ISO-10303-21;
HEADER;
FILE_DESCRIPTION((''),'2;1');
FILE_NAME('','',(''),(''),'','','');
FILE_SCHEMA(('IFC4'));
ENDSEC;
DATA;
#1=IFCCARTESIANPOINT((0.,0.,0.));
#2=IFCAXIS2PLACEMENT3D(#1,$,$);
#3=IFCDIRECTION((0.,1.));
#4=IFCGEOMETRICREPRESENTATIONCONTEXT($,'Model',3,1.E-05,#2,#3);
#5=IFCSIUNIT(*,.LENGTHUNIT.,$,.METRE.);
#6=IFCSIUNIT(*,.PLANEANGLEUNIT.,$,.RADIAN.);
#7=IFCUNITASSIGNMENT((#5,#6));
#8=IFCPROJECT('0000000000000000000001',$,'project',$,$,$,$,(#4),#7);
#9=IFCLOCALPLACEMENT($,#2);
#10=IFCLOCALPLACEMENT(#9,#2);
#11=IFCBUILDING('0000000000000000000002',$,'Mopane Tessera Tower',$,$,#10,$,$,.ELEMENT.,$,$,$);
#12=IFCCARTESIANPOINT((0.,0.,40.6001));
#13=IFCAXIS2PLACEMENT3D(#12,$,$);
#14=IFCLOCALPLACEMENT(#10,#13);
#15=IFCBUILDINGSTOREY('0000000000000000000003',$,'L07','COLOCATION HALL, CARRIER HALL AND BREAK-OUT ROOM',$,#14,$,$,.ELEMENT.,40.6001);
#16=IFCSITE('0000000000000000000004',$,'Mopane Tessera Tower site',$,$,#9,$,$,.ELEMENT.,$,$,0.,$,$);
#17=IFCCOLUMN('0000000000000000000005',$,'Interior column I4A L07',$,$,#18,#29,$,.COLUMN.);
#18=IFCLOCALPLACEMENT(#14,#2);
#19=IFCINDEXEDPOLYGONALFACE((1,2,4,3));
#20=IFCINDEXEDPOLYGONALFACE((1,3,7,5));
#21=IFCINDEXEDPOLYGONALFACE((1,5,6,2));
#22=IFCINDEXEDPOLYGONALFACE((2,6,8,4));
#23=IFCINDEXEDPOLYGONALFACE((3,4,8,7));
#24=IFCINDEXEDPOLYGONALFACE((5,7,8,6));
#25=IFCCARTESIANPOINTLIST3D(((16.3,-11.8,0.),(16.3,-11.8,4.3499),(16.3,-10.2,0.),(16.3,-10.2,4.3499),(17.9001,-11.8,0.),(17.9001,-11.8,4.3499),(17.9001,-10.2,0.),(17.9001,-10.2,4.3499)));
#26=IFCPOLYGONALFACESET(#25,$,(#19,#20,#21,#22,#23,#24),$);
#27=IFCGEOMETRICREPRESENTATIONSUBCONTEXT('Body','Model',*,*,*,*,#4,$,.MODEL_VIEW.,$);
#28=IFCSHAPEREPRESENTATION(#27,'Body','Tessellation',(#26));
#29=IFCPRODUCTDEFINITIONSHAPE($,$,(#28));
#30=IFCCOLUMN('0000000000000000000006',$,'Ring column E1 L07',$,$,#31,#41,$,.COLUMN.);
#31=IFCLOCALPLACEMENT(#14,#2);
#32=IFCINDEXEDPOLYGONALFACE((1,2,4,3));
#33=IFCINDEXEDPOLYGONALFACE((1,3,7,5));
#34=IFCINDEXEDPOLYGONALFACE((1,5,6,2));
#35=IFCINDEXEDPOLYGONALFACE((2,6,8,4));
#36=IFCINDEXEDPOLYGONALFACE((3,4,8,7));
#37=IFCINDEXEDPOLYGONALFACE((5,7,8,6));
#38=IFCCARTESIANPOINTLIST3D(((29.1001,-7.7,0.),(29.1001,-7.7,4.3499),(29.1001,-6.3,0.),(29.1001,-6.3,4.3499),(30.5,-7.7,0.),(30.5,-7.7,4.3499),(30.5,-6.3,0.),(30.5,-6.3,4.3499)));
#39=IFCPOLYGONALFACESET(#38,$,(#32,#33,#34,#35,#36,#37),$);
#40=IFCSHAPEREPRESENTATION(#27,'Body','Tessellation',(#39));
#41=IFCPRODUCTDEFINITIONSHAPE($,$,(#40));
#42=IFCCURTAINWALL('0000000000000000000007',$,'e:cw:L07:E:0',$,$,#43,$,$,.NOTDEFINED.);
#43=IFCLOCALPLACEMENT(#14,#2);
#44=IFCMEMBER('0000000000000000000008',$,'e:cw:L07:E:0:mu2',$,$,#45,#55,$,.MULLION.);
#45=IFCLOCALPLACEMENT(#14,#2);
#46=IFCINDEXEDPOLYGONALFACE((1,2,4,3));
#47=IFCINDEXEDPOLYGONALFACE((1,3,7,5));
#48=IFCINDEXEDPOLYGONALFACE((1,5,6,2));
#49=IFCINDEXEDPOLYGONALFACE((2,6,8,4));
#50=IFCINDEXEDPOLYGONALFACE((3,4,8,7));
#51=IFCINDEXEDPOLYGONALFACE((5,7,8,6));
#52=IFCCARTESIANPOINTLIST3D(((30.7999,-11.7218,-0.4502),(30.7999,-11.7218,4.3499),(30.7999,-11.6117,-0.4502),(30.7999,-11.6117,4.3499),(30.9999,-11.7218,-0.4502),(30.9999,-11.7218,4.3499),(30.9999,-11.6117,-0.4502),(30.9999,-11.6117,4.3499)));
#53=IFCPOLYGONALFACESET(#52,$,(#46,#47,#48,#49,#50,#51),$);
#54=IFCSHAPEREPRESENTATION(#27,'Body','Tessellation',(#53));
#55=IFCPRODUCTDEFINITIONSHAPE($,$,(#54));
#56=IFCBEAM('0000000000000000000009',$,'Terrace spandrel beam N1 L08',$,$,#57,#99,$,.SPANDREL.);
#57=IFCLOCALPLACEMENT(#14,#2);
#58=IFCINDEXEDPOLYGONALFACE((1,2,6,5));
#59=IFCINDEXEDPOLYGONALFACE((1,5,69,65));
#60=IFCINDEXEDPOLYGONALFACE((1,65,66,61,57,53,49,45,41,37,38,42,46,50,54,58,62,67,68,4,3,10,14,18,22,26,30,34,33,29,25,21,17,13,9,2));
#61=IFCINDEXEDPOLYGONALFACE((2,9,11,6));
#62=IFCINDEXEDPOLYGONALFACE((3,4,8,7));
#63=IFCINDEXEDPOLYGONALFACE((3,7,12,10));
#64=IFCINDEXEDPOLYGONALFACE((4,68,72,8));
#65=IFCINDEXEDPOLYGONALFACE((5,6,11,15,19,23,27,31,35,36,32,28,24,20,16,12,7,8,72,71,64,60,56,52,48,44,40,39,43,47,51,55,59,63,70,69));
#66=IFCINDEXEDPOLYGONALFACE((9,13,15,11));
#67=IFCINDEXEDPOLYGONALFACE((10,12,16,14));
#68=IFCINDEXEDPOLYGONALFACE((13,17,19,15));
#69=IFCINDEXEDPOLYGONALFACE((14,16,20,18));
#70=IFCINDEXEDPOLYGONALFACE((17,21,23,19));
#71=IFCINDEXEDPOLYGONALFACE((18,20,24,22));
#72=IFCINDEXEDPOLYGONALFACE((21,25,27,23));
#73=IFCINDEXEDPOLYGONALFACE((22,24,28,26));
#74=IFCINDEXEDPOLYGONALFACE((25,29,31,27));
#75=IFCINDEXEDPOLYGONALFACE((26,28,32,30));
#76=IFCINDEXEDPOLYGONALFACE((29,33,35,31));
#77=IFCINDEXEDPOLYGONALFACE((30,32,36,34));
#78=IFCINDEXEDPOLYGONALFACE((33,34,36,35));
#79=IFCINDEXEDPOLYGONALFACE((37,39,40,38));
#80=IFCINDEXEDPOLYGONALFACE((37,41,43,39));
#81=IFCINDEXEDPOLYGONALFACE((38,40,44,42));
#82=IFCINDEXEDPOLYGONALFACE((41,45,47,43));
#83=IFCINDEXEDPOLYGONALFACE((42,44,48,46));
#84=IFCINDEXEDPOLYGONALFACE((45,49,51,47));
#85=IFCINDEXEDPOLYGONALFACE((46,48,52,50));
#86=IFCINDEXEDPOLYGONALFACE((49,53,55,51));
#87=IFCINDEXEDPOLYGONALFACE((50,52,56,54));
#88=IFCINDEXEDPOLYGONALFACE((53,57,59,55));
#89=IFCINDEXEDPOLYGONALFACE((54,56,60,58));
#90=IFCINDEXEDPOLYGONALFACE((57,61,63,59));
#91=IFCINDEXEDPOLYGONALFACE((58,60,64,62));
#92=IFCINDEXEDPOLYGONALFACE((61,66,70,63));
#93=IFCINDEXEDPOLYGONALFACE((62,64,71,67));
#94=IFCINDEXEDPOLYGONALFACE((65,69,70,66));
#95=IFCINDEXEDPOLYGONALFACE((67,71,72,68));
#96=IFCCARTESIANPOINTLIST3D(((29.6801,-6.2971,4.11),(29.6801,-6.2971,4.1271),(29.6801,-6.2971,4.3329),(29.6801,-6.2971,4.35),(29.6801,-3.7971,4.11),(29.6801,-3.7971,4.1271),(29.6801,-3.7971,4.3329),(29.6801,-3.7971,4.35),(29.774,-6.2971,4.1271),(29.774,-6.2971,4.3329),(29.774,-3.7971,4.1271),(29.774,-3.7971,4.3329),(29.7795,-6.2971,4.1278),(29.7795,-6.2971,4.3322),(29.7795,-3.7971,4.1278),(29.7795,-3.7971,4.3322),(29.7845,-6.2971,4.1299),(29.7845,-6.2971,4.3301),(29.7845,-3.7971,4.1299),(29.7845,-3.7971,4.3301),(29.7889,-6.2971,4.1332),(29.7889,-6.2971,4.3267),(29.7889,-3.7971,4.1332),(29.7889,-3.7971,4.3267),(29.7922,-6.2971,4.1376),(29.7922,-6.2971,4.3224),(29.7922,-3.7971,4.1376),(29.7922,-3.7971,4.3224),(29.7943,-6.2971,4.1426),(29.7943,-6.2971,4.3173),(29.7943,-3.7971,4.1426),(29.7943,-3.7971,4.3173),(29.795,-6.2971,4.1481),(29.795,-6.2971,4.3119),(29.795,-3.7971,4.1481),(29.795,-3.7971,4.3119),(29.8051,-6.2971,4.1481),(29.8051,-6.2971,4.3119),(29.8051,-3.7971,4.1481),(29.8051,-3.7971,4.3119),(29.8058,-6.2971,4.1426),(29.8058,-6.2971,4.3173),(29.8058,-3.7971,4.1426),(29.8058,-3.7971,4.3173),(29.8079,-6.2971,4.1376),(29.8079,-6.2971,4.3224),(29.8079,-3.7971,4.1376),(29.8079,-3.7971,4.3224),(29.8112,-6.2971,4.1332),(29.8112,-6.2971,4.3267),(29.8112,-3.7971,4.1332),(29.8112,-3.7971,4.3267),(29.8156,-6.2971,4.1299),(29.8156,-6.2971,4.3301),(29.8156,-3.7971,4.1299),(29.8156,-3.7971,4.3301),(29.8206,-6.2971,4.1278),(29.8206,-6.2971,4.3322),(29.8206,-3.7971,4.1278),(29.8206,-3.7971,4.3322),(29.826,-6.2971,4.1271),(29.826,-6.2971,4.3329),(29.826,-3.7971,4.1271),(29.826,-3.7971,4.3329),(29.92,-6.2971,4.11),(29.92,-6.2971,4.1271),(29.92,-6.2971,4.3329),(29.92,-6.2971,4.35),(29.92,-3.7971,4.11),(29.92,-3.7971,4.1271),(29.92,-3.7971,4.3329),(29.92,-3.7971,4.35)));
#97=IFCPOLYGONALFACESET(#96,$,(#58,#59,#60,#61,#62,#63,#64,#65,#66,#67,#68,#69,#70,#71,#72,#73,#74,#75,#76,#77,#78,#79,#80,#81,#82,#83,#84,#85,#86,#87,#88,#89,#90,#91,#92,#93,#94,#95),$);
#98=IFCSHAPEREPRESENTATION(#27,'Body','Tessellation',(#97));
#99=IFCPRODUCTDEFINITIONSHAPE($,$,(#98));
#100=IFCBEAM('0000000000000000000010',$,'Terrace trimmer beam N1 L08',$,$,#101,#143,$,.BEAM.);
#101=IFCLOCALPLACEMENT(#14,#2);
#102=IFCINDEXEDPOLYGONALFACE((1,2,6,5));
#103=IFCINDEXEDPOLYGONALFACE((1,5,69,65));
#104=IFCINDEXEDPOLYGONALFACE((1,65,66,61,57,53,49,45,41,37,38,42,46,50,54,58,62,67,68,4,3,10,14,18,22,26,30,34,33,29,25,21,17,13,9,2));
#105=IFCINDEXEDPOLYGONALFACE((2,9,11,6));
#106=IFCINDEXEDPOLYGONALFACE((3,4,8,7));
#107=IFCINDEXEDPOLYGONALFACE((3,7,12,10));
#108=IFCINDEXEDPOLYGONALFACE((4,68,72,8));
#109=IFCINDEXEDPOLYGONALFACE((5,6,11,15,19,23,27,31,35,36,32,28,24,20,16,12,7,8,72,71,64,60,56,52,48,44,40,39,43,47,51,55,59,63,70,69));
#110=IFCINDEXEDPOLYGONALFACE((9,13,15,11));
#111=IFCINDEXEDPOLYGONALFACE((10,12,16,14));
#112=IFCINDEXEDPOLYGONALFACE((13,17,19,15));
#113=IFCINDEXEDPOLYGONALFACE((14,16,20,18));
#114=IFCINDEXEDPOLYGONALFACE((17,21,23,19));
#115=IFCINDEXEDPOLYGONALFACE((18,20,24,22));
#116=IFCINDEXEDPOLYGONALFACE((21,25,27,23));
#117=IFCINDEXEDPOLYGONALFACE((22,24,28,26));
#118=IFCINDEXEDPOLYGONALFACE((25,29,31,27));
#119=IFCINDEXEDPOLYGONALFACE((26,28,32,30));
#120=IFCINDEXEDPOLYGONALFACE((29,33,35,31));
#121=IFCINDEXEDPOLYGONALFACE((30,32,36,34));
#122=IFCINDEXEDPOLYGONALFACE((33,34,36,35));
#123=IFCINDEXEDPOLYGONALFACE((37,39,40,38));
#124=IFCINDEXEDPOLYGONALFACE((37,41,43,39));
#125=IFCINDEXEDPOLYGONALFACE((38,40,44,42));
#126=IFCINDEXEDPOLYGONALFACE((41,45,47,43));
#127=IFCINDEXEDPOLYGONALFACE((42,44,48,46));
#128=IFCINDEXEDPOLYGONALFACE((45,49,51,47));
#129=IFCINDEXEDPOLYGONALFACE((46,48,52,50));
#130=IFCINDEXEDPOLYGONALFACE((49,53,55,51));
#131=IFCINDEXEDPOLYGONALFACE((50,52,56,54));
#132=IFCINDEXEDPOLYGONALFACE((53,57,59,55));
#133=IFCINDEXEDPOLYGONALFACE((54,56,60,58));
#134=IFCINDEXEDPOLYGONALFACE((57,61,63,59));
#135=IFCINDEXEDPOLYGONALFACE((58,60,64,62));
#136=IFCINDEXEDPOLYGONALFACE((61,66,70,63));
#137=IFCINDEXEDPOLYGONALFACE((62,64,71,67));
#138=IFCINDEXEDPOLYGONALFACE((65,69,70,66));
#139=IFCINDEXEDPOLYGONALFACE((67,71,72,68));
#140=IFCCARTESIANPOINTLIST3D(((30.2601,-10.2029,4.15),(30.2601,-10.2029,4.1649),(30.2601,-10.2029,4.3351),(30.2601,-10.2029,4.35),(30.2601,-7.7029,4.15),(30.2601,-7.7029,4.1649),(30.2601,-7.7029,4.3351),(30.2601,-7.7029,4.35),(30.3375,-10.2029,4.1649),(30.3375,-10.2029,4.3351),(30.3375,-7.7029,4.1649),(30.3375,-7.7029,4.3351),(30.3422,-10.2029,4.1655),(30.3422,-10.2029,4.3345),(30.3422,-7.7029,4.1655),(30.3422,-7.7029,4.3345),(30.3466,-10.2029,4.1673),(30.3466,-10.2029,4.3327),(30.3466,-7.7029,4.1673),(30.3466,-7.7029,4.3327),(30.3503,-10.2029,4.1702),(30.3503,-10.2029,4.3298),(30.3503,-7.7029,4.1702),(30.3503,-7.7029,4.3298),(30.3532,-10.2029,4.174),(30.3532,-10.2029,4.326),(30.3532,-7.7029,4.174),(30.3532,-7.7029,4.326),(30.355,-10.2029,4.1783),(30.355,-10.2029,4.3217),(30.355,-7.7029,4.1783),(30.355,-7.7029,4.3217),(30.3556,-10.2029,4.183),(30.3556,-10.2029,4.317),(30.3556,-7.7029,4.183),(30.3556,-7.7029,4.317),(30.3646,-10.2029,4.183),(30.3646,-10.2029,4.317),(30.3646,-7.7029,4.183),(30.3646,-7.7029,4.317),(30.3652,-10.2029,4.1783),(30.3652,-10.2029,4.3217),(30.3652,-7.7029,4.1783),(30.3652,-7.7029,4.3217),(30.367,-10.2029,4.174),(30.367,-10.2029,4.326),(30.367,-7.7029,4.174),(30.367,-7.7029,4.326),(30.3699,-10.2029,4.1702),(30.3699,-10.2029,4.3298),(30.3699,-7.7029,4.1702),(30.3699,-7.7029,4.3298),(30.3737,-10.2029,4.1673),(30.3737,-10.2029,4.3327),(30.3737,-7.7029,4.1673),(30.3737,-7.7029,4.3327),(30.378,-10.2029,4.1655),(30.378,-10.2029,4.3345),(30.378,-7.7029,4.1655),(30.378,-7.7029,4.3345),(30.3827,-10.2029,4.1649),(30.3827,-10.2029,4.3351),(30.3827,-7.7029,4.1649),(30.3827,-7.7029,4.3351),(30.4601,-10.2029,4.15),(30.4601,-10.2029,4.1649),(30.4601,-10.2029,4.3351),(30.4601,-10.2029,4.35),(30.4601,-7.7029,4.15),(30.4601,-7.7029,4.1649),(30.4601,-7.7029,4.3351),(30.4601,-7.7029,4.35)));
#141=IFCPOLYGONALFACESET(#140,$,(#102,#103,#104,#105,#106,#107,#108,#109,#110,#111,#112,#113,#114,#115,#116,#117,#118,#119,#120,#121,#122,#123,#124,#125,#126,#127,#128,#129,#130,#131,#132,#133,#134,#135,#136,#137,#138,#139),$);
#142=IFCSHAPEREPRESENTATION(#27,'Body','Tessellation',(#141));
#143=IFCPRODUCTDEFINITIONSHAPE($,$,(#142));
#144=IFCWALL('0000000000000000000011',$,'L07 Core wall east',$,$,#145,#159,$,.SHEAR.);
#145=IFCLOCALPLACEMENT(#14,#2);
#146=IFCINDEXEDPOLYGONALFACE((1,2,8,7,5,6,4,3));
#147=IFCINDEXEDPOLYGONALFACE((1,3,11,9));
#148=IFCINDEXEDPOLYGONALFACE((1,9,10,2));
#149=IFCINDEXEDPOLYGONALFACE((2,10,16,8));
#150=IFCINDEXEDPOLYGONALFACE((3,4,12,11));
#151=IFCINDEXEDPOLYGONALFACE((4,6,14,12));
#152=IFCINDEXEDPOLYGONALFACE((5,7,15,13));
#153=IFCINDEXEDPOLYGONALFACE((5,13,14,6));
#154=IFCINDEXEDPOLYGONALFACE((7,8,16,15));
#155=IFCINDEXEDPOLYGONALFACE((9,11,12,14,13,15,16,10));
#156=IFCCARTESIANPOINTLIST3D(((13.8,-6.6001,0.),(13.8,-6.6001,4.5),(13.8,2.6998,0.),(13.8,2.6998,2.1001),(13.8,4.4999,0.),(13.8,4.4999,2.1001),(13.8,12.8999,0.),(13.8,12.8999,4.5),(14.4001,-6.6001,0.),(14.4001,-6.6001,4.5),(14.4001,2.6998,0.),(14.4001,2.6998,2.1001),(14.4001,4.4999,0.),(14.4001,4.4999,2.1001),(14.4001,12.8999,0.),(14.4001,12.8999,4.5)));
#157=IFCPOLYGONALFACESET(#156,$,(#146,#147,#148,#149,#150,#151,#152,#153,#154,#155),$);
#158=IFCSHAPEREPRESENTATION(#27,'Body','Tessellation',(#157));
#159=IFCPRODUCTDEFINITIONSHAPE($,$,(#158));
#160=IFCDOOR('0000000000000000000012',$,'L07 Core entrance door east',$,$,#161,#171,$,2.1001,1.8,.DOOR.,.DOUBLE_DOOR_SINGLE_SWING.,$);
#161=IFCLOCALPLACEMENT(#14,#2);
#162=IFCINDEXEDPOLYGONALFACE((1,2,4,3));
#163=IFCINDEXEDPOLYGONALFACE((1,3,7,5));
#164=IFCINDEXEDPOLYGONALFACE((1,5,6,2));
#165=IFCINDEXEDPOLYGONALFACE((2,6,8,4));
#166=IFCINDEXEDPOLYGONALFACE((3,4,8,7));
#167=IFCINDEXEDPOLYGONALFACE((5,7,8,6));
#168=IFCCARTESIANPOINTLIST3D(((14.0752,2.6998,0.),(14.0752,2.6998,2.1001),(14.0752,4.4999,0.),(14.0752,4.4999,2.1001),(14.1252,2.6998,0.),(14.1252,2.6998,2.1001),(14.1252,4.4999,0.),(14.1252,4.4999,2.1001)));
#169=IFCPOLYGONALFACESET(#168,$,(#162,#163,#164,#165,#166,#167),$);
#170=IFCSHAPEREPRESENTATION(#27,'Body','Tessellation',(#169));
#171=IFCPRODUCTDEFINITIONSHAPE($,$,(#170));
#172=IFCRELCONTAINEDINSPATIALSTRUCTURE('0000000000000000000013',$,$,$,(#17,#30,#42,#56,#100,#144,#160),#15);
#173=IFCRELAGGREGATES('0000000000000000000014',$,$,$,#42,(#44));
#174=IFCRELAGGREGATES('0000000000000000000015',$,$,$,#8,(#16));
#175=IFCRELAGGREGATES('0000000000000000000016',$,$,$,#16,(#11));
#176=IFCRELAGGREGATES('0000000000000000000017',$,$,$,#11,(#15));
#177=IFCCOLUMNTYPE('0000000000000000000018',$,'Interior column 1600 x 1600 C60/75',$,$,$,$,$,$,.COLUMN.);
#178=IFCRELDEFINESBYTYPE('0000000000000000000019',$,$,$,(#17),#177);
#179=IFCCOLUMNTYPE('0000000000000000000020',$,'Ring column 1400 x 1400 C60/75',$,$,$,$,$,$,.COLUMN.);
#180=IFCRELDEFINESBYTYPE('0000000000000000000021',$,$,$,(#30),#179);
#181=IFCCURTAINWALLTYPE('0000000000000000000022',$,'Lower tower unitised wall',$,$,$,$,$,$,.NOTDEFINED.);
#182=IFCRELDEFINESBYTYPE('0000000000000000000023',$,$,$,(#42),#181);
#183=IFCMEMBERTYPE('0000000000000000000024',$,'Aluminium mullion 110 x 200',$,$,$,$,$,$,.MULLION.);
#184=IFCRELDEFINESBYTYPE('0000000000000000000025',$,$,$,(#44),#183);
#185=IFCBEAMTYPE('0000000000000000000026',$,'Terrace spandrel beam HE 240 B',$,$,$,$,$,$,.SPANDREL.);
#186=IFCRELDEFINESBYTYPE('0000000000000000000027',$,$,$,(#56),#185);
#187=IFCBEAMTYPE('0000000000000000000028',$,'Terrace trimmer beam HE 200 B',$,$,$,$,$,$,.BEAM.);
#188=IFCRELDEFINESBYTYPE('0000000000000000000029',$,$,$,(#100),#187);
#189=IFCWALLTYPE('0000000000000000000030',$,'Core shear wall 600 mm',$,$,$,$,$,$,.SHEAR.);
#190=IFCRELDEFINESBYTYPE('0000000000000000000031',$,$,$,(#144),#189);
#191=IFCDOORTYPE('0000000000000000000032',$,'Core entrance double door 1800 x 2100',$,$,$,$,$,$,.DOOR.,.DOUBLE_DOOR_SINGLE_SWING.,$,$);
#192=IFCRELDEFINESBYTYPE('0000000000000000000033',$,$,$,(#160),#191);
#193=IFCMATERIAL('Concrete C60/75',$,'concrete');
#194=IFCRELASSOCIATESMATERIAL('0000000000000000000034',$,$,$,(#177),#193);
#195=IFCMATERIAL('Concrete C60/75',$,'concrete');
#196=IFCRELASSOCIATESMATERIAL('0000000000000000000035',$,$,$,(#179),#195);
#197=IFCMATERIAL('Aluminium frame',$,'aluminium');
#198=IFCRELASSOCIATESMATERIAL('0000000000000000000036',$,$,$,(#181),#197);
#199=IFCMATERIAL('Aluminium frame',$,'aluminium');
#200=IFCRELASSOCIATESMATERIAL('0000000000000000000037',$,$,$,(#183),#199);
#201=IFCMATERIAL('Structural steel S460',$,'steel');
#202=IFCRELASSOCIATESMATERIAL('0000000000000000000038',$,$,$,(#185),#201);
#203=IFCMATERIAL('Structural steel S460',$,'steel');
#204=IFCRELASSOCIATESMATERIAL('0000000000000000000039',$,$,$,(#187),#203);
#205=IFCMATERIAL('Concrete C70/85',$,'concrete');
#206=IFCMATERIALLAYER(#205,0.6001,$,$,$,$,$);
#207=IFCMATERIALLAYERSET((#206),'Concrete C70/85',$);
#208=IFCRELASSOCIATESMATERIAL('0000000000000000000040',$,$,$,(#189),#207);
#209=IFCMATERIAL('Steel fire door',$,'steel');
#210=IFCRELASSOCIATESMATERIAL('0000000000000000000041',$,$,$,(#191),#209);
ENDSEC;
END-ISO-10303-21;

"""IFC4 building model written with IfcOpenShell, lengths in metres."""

from ifc_helpers import new_model, si_unit, direction, frame, frame_2d, origin, origin_2d, place, context, subcontext, project, spatial, rectangle, i_section, extrude, material, layer, layer_set, material_profile, profile_set, type_object, element, fill, aggregate, save


model = new_model("IFC4")

# Units and contexts
model_context = context("Model", 3, precision=1e-05, world=origin(), true_north=direction((0.0, 1.0)))
body_context = subcontext(model_context, "Body", "Model", "MODEL_VIEW")
ifc_project = project(units=[si_unit("LENGTHUNIT", "METRE"), si_unit("PLANEANGLEUNIT", "RADIAN")], contexts=[model_context])

# Site, building, storey
site_placement = place(None, origin())
site = spatial("IfcSite", under=ifc_project, at=site_placement, Name="Mopane Tessera Tower site", CompositionType="ELEMENT", RefElevation=0.0)
building_placement = place(site_placement, origin())
building = spatial("IfcBuilding", under=site, at=building_placement, Name="Mopane Tessera Tower", CompositionType="ELEMENT")
storey_placement = place(building_placement, frame((0.0, 0.0, 40.6001)))
storey = spatial("IfcBuildingStorey", under=building, at=storey_placement, Name="L07", Description="COLOCATION HALL, CARRIER HALL AND BREAK-OUT ROOM", CompositionType="ELEMENT", Elevation=40.6001)

# Columns
ifc_material_1 = material(Name="Concrete C60/75", Category="concrete")
ifc_material_profile_1 = material_profile(ifc_material_1, rectangle(XDim=1.6001, YDim=1.6001, at=origin_2d()))
ifc_profile_set_1 = profile_set([ifc_material_profile_1], Name="Concrete C60/75")
column_type_1 = type_object("IfcColumnType", Name="Interior column 1600 x 1600 C60/75", PredefinedType="COLUMN", material=ifc_profile_set_1)
column_1_placement = place(storey_placement, frame((17.1001, -11.0, 0.0), z_axis=(0.0, 0.0, 1.0), x_axis=(1.0, 0.0, 0.0)))
element("IfcColumn", 1, at=column_1_placement, inside=storey, type_object=column_type_1, Name="Interior column I4A L07", PredefinedType="COLUMN", context=body_context, shape_type="SweptSolid", body=[
    extrude(rectangle(XDim=1.6001, YDim=1.6001, at=origin_2d()), origin(), (0.0, 0.0, 1.0), 4.3499),
])
ifc_material_2 = material(Name="Concrete C60/75", Category="concrete")
ifc_material_profile_2 = material_profile(ifc_material_2, rectangle(XDim=1.3999, YDim=1.3999, at=origin_2d()))
ifc_profile_set_2 = profile_set([ifc_material_profile_2], Name="Concrete C60/75")
column_type_2 = type_object("IfcColumnType", Name="Ring column 1400 x 1400 C60/75", PredefinedType="COLUMN", material=ifc_profile_set_2)
column_2_placement = place(storey_placement, frame((29.8, -7.0, 0.0), z_axis=(0.0, 0.0, 1.0), x_axis=(1.0, 0.0, 0.0)))
element("IfcColumn", 2, at=column_2_placement, inside=storey, type_object=column_type_2, Name="Ring column E1 L07", PredefinedType="COLUMN", context=body_context, shape_type="SweptSolid", body=[
    extrude(rectangle(XDim=1.3999, YDim=1.3999, at=origin_2d()), origin(), (0.0, 0.0, 1.0), 4.3499),
])

# Curtain wall, member
ifc_material_3 = material(Name="Aluminium frame", Category="aluminium")
curtain_wall_type = type_object("IfcCurtainWallType", Name="Lower tower unitised wall", PredefinedType="NOTDEFINED", material=ifc_material_3)
curtain_wall_placement = place(storey_placement, origin())
curtain_wall = element("IfcCurtainWall", 3, at=curtain_wall_placement, inside=storey, type_object=curtain_wall_type, Name="e:cw:L07:E:0", PredefinedType="NOTDEFINED")
ifc_material_4 = material(Name="Aluminium frame", Category="aluminium")
ifc_material_profile_3 = material_profile(ifc_material_4, rectangle(XDim=0.1101, YDim=0.2, at=origin_2d()))
ifc_profile_set_3 = profile_set([ifc_material_profile_3], Name="Aluminium frame")
member_type = type_object("IfcMemberType", Name="Aluminium mullion 110 x 200", PredefinedType="MULLION", material=ifc_profile_set_3)
member_placement = place(storey_placement, frame((30.8999, -11.6667, -0.4502), z_axis=(0.0, 0.0, 1.0), x_axis=(0.0, 1.0, 0.0)))
member = element("IfcMember", 4, at=member_placement, type_object=member_type, Name="e:cw:L07:E:0:mu2", PredefinedType="MULLION", context=body_context, shape_type="SweptSolid", body=[
    extrude(rectangle(XDim=0.1101, YDim=0.2, at=origin_2d()), origin(), (0.0, 0.0, 1.0), 4.8),
])
aggregate(curtain_wall, [member])

# Beams
ifc_material_5 = material(Name="Structural steel S460", Category="steel")
ifc_material_profile_4 = material_profile(ifc_material_5, i_section(OverallWidth=0.24, OverallDepth=0.24, WebThickness=0.01, FlangeThickness=0.0171, FilletRadius=0.021, at=origin_2d()))
ifc_profile_set_4 = profile_set([ifc_material_profile_4], Name="Structural steel S460")
beam_type_1 = type_object("IfcBeamType", Name="Terrace spandrel beam HE 240 B", PredefinedType="SPANDREL", material=ifc_profile_set_4)
beam_1_placement = place(storey_placement, frame((29.8, -6.2971, 4.23), z_axis=(0.0, 1.0, 0.0), x_axis=(-1.0, 0.0, 0.0)))
element("IfcBeam", 5, at=beam_1_placement, inside=storey, type_object=beam_type_1, Name="Terrace spandrel beam N1 L08", PredefinedType="SPANDREL", context=body_context, shape_type="SweptSolid", body=[
    extrude(i_section(OverallWidth=0.24, OverallDepth=0.24, WebThickness=0.01, FlangeThickness=0.0171, FilletRadius=0.021, at=origin_2d()), origin(), (0.0, 0.0, 1.0), 2.5),
])
ifc_material_6 = material(Name="Structural steel S460", Category="steel")
ifc_material_profile_5 = material_profile(ifc_material_6, i_section(OverallWidth=0.2, OverallDepth=0.2, WebThickness=0.009, FlangeThickness=0.0149, FilletRadius=0.0181, at=origin_2d()))
ifc_profile_set_5 = profile_set([ifc_material_profile_5], Name="Structural steel S460")
beam_type_2 = type_object("IfcBeamType", Name="Terrace trimmer beam HE 200 B", PredefinedType="BEAM", material=ifc_profile_set_5)
beam_2_placement = place(storey_placement, frame((30.3601, -7.7029, 4.25), z_axis=(0.0, -1.0, 0.0), x_axis=(1.0, 0.0, 0.0)))
element("IfcBeam", 6, at=beam_2_placement, inside=storey, type_object=beam_type_2, Name="Terrace trimmer beam N1 L08", PredefinedType="BEAM", context=body_context, shape_type="SweptSolid", body=[
    extrude(i_section(OverallWidth=0.2, OverallDepth=0.2, WebThickness=0.009, FlangeThickness=0.0149, FilletRadius=0.0181, at=origin_2d()), origin(), (0.0, 0.0, 1.0), 2.5),
])

# Wall, opening, door
ifc_material_7 = material(Name="Concrete C70/85", Category="concrete")
ifc_layer_1 = layer(ifc_material_7, 0.6001)
ifc_layer_set_1 = layer_set([ifc_layer_1], Name="Concrete C70/85")
wall_type_1 = type_object("IfcWallType", Name="Core shear wall 600 mm", PredefinedType="SHEAR", material=ifc_layer_set_1)
wall_1_placement = place(storey_placement, frame((14.1001, -6.6001, 0.0), z_axis=(0.0, 0.0, 1.0), x_axis=(0.0, 1.0, 0.0)))
wall_1 = element("IfcWall", 7, at=wall_1_placement, inside=storey, type_object=wall_type_1, Name="L07 Core wall east", PredefinedType="SHEAR", context=body_context, shape_type="SweptSolid", body=[
    extrude(rectangle(XDim=19.5, YDim=0.6001, at=frame_2d((9.75, 0.0))), origin(), (0.0, 0.0, 1.0), 4.5),
])
opening_1_placement = place(wall_1_placement, frame((9.3, 0.0, 0.0)))
opening_1 = element("IfcOpeningElement", 8, at=opening_1_placement, cuts=wall_1, PredefinedType="OPENING", context=body_context, shape_type="SweptSolid", body=[
    extrude(rectangle(XDim=1.8, YDim=2.1001, at=frame_2d((0.8999, 1.05))), frame((0.0, 0.312, 0.0), z_axis=(0.0, -1.0, 0.0), x_axis=(1.0, 0.0, 0.0)), (0.0, 0.0, 1.0), 0.624),
])
ifc_material_8 = material(Name="Steel fire door", Category="steel")
door_type_1 = type_object("IfcDoorType", Name="Core entrance double door 1800 x 2100", OperationType="DOUBLE_DOOR_SINGLE_SWING", PredefinedType="DOOR", material=ifc_material_8)
door_1_placement = place(opening_1_placement, origin())
door_1 = element("IfcDoor", 9, at=door_1_placement, inside=storey, type_object=door_type_1, Name="L07 Core entrance door east", OperationType="DOUBLE_DOOR_SINGLE_SWING", OverallHeight=2.1001, OverallWidth=1.8, PredefinedType="DOOR", context=body_context, shape_type="SweptSolid", body=[
    extrude(rectangle(XDim=1.8, YDim=2.1001, at=frame_2d((0.8999, 1.05))), frame((0.0, 0.0249, 0.0), z_axis=(0.0, -1.0, 0.0), x_axis=(1.0, 0.0, 0.0)), (0.0, 0.0, 1.0), 0.05),
])
fill(opening_1, door_1)

save(model, "model.ifc")
